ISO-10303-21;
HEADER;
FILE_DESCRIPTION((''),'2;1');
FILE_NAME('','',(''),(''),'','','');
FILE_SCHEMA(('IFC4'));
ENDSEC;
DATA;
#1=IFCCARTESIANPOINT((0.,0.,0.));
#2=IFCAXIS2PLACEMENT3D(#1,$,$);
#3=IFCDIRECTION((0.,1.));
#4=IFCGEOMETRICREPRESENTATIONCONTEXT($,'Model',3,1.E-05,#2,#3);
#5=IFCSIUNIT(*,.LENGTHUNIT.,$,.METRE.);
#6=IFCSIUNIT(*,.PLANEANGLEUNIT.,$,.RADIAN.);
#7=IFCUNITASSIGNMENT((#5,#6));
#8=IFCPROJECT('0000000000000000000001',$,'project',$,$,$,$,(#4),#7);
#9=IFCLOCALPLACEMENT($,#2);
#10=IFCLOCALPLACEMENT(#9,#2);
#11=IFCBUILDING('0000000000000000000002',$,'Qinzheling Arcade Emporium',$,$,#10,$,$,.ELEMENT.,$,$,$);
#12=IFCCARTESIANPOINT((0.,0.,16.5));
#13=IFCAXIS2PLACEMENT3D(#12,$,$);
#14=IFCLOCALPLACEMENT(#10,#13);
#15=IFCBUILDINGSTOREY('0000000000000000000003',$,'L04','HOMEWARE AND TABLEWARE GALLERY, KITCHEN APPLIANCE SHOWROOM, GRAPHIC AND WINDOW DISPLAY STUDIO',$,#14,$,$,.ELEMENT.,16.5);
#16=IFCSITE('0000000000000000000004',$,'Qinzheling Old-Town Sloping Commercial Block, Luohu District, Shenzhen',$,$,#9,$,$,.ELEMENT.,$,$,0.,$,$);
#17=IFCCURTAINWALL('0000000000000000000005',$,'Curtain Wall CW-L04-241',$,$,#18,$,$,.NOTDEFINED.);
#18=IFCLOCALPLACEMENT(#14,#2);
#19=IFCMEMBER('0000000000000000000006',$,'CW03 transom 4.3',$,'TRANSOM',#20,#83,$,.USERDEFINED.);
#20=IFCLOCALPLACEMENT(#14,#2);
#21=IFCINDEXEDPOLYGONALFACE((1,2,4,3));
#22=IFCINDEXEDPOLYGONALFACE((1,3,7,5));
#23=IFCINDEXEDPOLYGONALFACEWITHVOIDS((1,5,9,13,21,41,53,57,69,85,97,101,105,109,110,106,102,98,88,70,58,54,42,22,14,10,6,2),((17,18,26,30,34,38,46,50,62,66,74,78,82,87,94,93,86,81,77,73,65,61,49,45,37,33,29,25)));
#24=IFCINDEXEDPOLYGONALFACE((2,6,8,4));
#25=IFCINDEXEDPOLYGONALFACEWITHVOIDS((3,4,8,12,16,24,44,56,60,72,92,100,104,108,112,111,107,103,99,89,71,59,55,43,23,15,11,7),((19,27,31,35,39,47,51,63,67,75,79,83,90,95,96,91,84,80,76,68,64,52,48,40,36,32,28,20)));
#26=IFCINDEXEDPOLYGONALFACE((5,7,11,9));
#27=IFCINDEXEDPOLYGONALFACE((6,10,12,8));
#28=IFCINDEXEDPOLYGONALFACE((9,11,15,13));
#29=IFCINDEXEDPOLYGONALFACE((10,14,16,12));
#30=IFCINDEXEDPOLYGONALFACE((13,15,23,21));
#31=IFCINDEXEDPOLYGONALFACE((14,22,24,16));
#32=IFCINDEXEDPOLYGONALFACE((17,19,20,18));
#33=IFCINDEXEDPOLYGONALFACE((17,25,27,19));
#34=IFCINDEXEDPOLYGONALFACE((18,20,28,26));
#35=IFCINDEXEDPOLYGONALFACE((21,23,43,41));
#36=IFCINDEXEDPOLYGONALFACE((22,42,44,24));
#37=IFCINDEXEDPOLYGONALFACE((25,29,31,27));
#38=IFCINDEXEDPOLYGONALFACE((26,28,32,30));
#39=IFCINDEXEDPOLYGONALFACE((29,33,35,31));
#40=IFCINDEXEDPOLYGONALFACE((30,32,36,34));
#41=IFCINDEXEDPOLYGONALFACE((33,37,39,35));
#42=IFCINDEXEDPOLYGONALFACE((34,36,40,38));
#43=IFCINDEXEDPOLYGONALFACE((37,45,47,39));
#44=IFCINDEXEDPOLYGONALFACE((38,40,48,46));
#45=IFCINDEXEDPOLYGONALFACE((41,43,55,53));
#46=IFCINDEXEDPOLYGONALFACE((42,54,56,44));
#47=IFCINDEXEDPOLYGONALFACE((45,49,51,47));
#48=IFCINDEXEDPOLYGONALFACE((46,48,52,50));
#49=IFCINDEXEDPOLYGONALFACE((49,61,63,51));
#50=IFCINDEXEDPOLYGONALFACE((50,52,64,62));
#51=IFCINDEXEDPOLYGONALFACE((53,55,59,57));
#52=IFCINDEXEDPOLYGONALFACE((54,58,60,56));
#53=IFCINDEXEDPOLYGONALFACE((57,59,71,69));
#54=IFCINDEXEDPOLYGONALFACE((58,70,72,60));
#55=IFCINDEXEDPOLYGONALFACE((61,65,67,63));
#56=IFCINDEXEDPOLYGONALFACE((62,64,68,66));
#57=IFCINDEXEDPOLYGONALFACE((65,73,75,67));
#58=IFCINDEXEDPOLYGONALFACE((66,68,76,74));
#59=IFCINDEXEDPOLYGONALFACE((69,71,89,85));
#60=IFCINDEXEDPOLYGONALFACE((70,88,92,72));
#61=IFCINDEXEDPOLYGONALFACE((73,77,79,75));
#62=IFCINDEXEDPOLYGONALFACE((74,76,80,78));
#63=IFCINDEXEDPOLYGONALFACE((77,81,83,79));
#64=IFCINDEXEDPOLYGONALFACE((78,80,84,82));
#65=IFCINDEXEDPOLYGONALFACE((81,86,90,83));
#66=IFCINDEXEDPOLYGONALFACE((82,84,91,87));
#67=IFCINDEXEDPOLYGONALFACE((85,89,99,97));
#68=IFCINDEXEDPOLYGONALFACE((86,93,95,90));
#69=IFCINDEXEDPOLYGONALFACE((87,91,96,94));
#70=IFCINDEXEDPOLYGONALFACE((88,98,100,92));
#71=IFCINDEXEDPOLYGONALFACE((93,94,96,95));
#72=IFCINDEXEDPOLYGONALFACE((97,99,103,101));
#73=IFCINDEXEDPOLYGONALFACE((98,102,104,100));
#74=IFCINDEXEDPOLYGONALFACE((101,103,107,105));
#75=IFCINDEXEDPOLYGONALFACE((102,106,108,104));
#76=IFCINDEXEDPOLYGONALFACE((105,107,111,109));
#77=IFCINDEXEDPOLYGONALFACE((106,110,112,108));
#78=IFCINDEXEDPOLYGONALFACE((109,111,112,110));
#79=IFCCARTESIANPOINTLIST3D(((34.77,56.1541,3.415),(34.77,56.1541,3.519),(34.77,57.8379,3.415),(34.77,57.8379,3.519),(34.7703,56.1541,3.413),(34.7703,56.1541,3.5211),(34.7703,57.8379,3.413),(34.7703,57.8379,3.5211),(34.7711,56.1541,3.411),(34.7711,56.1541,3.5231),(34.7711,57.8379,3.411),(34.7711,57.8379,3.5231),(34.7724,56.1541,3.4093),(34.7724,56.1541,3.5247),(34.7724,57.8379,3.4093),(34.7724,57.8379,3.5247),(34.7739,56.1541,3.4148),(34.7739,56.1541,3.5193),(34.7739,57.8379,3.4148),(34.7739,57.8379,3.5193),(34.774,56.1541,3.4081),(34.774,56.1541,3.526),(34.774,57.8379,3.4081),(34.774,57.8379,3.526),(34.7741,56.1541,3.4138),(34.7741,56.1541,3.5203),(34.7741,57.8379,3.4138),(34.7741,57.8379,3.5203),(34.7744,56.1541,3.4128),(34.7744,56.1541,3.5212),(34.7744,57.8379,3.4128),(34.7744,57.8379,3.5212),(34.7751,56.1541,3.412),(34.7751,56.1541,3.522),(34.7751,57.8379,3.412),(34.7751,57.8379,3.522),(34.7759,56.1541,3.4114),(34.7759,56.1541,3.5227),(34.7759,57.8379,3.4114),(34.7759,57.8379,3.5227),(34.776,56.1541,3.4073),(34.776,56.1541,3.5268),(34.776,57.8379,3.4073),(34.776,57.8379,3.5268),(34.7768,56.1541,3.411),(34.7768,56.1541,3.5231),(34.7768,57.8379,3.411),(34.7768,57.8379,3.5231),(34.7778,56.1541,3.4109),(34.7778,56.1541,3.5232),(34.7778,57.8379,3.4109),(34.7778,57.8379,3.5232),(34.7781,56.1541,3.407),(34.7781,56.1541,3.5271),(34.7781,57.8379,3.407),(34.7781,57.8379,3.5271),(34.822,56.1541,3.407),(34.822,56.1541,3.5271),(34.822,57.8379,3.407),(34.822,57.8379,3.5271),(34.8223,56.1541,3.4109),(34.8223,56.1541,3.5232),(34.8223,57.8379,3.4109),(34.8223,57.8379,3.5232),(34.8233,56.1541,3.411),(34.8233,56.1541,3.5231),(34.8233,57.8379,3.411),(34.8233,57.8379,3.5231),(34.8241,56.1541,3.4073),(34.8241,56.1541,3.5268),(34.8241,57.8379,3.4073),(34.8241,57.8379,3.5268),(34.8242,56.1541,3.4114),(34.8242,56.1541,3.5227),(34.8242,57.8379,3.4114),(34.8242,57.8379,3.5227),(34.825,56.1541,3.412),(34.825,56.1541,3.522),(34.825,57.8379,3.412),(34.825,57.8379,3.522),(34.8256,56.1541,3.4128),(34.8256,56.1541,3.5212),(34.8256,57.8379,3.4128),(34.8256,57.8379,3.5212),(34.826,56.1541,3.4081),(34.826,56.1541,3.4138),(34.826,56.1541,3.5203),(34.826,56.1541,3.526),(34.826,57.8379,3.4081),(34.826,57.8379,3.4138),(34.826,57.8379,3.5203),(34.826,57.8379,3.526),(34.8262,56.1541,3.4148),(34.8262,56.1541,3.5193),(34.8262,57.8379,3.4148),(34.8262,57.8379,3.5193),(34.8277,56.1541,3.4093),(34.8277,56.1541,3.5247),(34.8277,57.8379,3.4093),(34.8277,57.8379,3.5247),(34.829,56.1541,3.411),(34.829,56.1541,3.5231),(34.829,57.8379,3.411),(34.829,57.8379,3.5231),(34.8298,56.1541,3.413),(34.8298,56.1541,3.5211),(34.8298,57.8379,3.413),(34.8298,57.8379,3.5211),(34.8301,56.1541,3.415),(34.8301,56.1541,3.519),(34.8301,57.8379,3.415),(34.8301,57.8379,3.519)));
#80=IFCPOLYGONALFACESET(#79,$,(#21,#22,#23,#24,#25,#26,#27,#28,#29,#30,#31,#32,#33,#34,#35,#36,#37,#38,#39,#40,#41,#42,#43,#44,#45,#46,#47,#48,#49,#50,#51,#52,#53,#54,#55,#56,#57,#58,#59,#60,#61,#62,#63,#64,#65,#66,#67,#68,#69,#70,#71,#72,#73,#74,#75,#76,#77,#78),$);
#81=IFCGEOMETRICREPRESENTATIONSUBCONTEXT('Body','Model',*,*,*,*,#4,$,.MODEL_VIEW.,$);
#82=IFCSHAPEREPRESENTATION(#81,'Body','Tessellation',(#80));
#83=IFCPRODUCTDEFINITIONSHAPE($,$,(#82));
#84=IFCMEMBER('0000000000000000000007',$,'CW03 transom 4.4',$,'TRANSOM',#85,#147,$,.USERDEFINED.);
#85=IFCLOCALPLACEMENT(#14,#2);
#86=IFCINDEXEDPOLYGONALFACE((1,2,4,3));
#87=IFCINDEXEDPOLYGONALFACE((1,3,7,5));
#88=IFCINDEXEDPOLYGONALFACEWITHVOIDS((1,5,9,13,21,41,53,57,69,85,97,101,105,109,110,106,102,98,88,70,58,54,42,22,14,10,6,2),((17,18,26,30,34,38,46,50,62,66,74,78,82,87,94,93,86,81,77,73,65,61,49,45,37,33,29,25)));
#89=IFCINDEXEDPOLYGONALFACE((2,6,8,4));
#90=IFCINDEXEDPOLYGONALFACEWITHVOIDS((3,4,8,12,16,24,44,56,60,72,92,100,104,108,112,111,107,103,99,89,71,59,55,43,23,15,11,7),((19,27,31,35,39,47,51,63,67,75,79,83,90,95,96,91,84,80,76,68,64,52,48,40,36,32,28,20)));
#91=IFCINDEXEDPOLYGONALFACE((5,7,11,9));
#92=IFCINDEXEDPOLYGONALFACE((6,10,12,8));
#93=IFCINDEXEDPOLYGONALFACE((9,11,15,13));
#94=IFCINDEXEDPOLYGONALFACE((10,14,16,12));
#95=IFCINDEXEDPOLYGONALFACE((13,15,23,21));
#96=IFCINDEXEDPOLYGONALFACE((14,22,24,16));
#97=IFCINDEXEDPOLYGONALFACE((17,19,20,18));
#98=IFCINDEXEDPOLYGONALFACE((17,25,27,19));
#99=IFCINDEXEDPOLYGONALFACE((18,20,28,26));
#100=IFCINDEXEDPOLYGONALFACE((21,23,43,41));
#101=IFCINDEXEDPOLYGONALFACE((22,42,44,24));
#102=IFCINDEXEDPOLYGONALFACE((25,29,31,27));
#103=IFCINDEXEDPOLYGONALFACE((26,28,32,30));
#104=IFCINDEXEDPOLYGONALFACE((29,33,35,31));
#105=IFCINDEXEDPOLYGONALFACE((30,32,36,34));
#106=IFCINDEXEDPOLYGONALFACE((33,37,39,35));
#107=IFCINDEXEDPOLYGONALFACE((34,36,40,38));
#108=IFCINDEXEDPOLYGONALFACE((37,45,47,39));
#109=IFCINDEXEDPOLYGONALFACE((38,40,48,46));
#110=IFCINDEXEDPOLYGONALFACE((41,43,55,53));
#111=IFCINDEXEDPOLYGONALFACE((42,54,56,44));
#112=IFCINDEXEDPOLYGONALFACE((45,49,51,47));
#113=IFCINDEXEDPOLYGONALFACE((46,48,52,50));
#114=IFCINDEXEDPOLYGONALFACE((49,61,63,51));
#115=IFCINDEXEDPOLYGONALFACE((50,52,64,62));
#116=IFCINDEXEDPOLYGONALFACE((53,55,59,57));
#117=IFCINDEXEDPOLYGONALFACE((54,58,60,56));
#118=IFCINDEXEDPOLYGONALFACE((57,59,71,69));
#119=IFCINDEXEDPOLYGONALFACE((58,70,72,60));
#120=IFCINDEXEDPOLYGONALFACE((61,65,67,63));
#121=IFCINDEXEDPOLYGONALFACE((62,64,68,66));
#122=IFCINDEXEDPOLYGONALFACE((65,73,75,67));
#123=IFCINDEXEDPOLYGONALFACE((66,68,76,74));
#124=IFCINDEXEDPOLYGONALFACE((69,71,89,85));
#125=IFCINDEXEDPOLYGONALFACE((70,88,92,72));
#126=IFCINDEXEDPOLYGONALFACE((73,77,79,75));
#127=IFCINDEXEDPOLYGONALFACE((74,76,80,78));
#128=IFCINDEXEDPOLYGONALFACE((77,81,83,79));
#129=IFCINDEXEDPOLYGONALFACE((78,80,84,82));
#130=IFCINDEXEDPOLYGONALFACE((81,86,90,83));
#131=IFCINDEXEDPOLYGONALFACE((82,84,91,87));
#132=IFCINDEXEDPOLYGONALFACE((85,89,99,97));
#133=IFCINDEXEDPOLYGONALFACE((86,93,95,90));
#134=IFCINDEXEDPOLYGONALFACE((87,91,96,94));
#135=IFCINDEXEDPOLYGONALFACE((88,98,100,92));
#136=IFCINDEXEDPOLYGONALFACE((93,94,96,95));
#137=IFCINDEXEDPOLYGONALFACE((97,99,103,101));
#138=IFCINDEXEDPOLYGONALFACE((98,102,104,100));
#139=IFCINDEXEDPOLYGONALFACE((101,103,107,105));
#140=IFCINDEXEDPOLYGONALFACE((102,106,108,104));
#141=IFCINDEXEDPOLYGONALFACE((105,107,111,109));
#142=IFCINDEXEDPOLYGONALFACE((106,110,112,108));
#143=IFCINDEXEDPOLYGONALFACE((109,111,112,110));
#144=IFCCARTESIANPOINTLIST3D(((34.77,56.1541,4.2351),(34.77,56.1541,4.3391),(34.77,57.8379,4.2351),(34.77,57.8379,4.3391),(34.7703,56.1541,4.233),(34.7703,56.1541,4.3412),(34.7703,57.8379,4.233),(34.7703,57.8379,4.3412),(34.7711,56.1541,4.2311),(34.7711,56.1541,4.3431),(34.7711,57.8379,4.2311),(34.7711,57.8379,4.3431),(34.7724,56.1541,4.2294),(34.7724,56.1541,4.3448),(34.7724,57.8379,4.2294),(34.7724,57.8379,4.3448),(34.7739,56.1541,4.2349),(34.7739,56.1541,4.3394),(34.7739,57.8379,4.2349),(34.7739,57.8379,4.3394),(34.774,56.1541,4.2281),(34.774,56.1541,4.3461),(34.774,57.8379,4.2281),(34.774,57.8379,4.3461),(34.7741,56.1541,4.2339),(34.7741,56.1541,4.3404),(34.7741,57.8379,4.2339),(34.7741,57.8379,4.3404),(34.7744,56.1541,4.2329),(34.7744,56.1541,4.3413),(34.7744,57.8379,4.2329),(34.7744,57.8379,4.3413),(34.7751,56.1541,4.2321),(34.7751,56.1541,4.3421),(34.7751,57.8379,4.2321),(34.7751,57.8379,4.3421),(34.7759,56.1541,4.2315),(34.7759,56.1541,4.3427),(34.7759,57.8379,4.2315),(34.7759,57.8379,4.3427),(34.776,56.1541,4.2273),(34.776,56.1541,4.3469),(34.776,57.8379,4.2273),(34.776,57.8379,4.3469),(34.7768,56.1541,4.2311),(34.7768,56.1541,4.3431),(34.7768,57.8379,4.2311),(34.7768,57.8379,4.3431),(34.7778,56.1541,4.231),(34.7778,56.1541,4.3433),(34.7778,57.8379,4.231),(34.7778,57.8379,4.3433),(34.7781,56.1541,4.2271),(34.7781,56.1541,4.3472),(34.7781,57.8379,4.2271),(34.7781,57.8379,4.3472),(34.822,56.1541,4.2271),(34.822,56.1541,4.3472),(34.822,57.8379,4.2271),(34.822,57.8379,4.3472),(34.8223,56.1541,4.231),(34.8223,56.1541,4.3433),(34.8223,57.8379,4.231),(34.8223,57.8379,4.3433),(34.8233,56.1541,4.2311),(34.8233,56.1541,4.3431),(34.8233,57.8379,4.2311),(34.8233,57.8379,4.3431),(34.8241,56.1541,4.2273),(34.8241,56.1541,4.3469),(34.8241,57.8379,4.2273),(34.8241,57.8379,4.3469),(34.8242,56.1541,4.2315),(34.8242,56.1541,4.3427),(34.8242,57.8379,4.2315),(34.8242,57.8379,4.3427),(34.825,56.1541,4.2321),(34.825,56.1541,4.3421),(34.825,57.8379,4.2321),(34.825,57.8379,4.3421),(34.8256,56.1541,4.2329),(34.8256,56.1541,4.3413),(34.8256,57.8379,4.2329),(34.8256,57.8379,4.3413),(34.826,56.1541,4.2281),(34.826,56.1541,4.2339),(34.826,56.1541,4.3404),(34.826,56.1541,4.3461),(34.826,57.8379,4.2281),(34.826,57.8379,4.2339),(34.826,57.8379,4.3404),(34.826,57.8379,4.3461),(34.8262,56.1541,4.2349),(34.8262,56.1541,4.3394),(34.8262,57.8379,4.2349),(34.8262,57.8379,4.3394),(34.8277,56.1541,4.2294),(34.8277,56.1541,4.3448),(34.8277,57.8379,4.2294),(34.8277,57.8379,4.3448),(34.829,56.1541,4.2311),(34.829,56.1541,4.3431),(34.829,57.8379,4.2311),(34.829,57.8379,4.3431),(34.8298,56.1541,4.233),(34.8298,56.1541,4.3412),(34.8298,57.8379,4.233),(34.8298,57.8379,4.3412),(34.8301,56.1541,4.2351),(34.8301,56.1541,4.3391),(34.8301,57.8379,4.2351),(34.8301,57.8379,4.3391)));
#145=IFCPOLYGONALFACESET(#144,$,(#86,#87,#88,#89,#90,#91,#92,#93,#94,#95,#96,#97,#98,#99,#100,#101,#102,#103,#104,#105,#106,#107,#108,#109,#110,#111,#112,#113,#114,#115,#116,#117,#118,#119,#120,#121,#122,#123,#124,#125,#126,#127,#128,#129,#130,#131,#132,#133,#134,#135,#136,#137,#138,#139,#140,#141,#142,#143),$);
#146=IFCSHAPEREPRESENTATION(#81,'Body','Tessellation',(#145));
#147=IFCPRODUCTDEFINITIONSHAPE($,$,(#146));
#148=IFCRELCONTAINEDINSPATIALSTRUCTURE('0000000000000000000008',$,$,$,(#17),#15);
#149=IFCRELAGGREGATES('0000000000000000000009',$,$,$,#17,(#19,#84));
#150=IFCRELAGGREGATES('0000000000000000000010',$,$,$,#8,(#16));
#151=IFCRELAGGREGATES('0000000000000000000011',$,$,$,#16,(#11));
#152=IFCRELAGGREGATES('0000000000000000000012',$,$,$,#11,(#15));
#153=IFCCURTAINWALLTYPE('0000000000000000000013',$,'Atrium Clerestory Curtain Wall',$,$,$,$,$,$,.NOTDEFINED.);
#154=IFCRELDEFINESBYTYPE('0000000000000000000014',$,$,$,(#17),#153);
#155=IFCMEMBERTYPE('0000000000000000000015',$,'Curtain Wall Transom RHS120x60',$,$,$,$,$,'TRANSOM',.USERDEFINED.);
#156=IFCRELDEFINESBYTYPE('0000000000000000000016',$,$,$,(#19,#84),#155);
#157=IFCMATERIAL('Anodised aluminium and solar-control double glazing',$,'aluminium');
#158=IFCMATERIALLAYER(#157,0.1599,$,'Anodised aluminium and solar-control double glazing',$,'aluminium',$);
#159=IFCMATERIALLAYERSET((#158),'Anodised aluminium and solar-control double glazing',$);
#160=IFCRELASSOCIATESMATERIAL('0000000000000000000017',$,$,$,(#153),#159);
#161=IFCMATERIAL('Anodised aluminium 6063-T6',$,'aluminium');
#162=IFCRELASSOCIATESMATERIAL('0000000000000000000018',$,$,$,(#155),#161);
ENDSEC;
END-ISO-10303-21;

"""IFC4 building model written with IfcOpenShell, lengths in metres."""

from ifc_helpers import new_model, si_unit, direction, frame, origin, origin_2d, place, context, subcontext, project, spatial, hollow_rectangle, extrude, material, layer, layer_set, material_profile, profile_set, type_object, element, aggregate, save


model = new_model("IFC4")

# Units and contexts
model_context = context("Model", 3, precision=1e-05, world=origin(), true_north=direction((0.0, 1.0)))
body_context = subcontext(model_context, "Body", "Model", "MODEL_VIEW")
ifc_project = project(units=[si_unit("LENGTHUNIT", "METRE"), si_unit("PLANEANGLEUNIT", "RADIAN")], contexts=[model_context])

# Site, building, storey
site_placement = place(None, origin())
site = spatial("IfcSite", under=ifc_project, at=site_placement, Name="Qinzheling Old-Town Sloping Commercial Block, Luohu District, Shenzhen", CompositionType="ELEMENT", RefElevation=0.0)
building_placement = place(site_placement, origin())
building = spatial("IfcBuilding", under=site, at=building_placement, Name="Qinzheling Arcade Emporium", CompositionType="ELEMENT")
storey_placement = place(building_placement, frame((0.0, 0.0, 16.5)))
storey = spatial("IfcBuildingStorey", under=building, at=storey_placement, Name="L04", Description="HOMEWARE AND TABLEWARE GALLERY, KITCHEN APPLIANCE SHOWROOM, GRAPHIC AND WINDOW DISPLAY STUDIO", CompositionType="ELEMENT", Elevation=16.5)

# Curtain wall
ifc_material_1 = material(Name="Anodised aluminium and solar-control double glazing", Category="aluminium")
ifc_layer_1 = layer(ifc_material_1, 0.1599, Name="Anodised aluminium and solar-control double glazing", Category="aluminium")
ifc_layer_set_1 = layer_set([ifc_layer_1], Name="Anodised aluminium and solar-control double glazing")
curtain_wall_type = type_object("IfcCurtainWallType", Name="Atrium Clerestory Curtain Wall", PredefinedType="NOTDEFINED", material=ifc_layer_set_1)
curtain_wall_1_placement = place(storey_placement, origin())
curtain_wall_1 = element("IfcCurtainWall", 1, at=curtain_wall_1_placement, inside=storey, type_object=curtain_wall_type, Name="Curtain Wall CW-L04-241", PredefinedType="NOTDEFINED")
ifc_material_2 = material(Name="Anodised aluminium 6063-T6", Category="aluminium")

# Members
ifc_material_profile_1 = material_profile(ifc_material_2, hollow_rectangle(XDim=0.0601, YDim=0.1201, WallThickness=0.0039, InnerFilletRadius=0.0039, OuterFilletRadius=0.0081, at=origin_2d()), Name="RHS 120x60x4", Category="aluminium")
ifc_profile_set_1 = profile_set([ifc_material_profile_1], Name="Anodised aluminium 6063-T6")
member_type_1 = type_object("IfcMemberType", Name="Curtain Wall Transom RHS120x60", ElementType="TRANSOM", PredefinedType="USERDEFINED", material=ifc_profile_set_1)
member_1_placement = place(storey_placement, frame((34.8, 56.1541, 3.467), z_axis=(0.0, 1.0, 0.0), x_axis=(-1.0, 0.0, 0.0)))
member_1 = element("IfcMember", 2, at=member_1_placement, type_object=member_type_1, Name="CW03 transom 4.3", ObjectType="TRANSOM", PredefinedType="USERDEFINED", context=body_context, shape_type="SweptSolid", body=[
    extrude(hollow_rectangle(XDim=0.0601, YDim=0.1201, WallThickness=0.0039, InnerFilletRadius=0.0039, OuterFilletRadius=0.0081, at=origin_2d()), origin(), (0.0, 0.0, 1.0), 1.6838),
])
member_2_placement = place(storey_placement, frame((34.8, 56.1541, 4.2871), z_axis=(0.0, 1.0, 0.0), x_axis=(-1.0, 0.0, 0.0)))
member_2 = element("IfcMember", 3, at=member_2_placement, type_object=member_type_1, Name="CW03 transom 4.4", ObjectType="TRANSOM", PredefinedType="USERDEFINED", context=body_context, shape_type="SweptSolid", body=[
    extrude(hollow_rectangle(XDim=0.0601, YDim=0.1201, WallThickness=0.0039, InnerFilletRadius=0.0039, OuterFilletRadius=0.0081, at=origin_2d()), origin(), (0.0, 0.0, 1.0), 1.6838),
])

aggregate(curtain_wall_1, [member_1, member_2])

save(model, "model.ifc")
